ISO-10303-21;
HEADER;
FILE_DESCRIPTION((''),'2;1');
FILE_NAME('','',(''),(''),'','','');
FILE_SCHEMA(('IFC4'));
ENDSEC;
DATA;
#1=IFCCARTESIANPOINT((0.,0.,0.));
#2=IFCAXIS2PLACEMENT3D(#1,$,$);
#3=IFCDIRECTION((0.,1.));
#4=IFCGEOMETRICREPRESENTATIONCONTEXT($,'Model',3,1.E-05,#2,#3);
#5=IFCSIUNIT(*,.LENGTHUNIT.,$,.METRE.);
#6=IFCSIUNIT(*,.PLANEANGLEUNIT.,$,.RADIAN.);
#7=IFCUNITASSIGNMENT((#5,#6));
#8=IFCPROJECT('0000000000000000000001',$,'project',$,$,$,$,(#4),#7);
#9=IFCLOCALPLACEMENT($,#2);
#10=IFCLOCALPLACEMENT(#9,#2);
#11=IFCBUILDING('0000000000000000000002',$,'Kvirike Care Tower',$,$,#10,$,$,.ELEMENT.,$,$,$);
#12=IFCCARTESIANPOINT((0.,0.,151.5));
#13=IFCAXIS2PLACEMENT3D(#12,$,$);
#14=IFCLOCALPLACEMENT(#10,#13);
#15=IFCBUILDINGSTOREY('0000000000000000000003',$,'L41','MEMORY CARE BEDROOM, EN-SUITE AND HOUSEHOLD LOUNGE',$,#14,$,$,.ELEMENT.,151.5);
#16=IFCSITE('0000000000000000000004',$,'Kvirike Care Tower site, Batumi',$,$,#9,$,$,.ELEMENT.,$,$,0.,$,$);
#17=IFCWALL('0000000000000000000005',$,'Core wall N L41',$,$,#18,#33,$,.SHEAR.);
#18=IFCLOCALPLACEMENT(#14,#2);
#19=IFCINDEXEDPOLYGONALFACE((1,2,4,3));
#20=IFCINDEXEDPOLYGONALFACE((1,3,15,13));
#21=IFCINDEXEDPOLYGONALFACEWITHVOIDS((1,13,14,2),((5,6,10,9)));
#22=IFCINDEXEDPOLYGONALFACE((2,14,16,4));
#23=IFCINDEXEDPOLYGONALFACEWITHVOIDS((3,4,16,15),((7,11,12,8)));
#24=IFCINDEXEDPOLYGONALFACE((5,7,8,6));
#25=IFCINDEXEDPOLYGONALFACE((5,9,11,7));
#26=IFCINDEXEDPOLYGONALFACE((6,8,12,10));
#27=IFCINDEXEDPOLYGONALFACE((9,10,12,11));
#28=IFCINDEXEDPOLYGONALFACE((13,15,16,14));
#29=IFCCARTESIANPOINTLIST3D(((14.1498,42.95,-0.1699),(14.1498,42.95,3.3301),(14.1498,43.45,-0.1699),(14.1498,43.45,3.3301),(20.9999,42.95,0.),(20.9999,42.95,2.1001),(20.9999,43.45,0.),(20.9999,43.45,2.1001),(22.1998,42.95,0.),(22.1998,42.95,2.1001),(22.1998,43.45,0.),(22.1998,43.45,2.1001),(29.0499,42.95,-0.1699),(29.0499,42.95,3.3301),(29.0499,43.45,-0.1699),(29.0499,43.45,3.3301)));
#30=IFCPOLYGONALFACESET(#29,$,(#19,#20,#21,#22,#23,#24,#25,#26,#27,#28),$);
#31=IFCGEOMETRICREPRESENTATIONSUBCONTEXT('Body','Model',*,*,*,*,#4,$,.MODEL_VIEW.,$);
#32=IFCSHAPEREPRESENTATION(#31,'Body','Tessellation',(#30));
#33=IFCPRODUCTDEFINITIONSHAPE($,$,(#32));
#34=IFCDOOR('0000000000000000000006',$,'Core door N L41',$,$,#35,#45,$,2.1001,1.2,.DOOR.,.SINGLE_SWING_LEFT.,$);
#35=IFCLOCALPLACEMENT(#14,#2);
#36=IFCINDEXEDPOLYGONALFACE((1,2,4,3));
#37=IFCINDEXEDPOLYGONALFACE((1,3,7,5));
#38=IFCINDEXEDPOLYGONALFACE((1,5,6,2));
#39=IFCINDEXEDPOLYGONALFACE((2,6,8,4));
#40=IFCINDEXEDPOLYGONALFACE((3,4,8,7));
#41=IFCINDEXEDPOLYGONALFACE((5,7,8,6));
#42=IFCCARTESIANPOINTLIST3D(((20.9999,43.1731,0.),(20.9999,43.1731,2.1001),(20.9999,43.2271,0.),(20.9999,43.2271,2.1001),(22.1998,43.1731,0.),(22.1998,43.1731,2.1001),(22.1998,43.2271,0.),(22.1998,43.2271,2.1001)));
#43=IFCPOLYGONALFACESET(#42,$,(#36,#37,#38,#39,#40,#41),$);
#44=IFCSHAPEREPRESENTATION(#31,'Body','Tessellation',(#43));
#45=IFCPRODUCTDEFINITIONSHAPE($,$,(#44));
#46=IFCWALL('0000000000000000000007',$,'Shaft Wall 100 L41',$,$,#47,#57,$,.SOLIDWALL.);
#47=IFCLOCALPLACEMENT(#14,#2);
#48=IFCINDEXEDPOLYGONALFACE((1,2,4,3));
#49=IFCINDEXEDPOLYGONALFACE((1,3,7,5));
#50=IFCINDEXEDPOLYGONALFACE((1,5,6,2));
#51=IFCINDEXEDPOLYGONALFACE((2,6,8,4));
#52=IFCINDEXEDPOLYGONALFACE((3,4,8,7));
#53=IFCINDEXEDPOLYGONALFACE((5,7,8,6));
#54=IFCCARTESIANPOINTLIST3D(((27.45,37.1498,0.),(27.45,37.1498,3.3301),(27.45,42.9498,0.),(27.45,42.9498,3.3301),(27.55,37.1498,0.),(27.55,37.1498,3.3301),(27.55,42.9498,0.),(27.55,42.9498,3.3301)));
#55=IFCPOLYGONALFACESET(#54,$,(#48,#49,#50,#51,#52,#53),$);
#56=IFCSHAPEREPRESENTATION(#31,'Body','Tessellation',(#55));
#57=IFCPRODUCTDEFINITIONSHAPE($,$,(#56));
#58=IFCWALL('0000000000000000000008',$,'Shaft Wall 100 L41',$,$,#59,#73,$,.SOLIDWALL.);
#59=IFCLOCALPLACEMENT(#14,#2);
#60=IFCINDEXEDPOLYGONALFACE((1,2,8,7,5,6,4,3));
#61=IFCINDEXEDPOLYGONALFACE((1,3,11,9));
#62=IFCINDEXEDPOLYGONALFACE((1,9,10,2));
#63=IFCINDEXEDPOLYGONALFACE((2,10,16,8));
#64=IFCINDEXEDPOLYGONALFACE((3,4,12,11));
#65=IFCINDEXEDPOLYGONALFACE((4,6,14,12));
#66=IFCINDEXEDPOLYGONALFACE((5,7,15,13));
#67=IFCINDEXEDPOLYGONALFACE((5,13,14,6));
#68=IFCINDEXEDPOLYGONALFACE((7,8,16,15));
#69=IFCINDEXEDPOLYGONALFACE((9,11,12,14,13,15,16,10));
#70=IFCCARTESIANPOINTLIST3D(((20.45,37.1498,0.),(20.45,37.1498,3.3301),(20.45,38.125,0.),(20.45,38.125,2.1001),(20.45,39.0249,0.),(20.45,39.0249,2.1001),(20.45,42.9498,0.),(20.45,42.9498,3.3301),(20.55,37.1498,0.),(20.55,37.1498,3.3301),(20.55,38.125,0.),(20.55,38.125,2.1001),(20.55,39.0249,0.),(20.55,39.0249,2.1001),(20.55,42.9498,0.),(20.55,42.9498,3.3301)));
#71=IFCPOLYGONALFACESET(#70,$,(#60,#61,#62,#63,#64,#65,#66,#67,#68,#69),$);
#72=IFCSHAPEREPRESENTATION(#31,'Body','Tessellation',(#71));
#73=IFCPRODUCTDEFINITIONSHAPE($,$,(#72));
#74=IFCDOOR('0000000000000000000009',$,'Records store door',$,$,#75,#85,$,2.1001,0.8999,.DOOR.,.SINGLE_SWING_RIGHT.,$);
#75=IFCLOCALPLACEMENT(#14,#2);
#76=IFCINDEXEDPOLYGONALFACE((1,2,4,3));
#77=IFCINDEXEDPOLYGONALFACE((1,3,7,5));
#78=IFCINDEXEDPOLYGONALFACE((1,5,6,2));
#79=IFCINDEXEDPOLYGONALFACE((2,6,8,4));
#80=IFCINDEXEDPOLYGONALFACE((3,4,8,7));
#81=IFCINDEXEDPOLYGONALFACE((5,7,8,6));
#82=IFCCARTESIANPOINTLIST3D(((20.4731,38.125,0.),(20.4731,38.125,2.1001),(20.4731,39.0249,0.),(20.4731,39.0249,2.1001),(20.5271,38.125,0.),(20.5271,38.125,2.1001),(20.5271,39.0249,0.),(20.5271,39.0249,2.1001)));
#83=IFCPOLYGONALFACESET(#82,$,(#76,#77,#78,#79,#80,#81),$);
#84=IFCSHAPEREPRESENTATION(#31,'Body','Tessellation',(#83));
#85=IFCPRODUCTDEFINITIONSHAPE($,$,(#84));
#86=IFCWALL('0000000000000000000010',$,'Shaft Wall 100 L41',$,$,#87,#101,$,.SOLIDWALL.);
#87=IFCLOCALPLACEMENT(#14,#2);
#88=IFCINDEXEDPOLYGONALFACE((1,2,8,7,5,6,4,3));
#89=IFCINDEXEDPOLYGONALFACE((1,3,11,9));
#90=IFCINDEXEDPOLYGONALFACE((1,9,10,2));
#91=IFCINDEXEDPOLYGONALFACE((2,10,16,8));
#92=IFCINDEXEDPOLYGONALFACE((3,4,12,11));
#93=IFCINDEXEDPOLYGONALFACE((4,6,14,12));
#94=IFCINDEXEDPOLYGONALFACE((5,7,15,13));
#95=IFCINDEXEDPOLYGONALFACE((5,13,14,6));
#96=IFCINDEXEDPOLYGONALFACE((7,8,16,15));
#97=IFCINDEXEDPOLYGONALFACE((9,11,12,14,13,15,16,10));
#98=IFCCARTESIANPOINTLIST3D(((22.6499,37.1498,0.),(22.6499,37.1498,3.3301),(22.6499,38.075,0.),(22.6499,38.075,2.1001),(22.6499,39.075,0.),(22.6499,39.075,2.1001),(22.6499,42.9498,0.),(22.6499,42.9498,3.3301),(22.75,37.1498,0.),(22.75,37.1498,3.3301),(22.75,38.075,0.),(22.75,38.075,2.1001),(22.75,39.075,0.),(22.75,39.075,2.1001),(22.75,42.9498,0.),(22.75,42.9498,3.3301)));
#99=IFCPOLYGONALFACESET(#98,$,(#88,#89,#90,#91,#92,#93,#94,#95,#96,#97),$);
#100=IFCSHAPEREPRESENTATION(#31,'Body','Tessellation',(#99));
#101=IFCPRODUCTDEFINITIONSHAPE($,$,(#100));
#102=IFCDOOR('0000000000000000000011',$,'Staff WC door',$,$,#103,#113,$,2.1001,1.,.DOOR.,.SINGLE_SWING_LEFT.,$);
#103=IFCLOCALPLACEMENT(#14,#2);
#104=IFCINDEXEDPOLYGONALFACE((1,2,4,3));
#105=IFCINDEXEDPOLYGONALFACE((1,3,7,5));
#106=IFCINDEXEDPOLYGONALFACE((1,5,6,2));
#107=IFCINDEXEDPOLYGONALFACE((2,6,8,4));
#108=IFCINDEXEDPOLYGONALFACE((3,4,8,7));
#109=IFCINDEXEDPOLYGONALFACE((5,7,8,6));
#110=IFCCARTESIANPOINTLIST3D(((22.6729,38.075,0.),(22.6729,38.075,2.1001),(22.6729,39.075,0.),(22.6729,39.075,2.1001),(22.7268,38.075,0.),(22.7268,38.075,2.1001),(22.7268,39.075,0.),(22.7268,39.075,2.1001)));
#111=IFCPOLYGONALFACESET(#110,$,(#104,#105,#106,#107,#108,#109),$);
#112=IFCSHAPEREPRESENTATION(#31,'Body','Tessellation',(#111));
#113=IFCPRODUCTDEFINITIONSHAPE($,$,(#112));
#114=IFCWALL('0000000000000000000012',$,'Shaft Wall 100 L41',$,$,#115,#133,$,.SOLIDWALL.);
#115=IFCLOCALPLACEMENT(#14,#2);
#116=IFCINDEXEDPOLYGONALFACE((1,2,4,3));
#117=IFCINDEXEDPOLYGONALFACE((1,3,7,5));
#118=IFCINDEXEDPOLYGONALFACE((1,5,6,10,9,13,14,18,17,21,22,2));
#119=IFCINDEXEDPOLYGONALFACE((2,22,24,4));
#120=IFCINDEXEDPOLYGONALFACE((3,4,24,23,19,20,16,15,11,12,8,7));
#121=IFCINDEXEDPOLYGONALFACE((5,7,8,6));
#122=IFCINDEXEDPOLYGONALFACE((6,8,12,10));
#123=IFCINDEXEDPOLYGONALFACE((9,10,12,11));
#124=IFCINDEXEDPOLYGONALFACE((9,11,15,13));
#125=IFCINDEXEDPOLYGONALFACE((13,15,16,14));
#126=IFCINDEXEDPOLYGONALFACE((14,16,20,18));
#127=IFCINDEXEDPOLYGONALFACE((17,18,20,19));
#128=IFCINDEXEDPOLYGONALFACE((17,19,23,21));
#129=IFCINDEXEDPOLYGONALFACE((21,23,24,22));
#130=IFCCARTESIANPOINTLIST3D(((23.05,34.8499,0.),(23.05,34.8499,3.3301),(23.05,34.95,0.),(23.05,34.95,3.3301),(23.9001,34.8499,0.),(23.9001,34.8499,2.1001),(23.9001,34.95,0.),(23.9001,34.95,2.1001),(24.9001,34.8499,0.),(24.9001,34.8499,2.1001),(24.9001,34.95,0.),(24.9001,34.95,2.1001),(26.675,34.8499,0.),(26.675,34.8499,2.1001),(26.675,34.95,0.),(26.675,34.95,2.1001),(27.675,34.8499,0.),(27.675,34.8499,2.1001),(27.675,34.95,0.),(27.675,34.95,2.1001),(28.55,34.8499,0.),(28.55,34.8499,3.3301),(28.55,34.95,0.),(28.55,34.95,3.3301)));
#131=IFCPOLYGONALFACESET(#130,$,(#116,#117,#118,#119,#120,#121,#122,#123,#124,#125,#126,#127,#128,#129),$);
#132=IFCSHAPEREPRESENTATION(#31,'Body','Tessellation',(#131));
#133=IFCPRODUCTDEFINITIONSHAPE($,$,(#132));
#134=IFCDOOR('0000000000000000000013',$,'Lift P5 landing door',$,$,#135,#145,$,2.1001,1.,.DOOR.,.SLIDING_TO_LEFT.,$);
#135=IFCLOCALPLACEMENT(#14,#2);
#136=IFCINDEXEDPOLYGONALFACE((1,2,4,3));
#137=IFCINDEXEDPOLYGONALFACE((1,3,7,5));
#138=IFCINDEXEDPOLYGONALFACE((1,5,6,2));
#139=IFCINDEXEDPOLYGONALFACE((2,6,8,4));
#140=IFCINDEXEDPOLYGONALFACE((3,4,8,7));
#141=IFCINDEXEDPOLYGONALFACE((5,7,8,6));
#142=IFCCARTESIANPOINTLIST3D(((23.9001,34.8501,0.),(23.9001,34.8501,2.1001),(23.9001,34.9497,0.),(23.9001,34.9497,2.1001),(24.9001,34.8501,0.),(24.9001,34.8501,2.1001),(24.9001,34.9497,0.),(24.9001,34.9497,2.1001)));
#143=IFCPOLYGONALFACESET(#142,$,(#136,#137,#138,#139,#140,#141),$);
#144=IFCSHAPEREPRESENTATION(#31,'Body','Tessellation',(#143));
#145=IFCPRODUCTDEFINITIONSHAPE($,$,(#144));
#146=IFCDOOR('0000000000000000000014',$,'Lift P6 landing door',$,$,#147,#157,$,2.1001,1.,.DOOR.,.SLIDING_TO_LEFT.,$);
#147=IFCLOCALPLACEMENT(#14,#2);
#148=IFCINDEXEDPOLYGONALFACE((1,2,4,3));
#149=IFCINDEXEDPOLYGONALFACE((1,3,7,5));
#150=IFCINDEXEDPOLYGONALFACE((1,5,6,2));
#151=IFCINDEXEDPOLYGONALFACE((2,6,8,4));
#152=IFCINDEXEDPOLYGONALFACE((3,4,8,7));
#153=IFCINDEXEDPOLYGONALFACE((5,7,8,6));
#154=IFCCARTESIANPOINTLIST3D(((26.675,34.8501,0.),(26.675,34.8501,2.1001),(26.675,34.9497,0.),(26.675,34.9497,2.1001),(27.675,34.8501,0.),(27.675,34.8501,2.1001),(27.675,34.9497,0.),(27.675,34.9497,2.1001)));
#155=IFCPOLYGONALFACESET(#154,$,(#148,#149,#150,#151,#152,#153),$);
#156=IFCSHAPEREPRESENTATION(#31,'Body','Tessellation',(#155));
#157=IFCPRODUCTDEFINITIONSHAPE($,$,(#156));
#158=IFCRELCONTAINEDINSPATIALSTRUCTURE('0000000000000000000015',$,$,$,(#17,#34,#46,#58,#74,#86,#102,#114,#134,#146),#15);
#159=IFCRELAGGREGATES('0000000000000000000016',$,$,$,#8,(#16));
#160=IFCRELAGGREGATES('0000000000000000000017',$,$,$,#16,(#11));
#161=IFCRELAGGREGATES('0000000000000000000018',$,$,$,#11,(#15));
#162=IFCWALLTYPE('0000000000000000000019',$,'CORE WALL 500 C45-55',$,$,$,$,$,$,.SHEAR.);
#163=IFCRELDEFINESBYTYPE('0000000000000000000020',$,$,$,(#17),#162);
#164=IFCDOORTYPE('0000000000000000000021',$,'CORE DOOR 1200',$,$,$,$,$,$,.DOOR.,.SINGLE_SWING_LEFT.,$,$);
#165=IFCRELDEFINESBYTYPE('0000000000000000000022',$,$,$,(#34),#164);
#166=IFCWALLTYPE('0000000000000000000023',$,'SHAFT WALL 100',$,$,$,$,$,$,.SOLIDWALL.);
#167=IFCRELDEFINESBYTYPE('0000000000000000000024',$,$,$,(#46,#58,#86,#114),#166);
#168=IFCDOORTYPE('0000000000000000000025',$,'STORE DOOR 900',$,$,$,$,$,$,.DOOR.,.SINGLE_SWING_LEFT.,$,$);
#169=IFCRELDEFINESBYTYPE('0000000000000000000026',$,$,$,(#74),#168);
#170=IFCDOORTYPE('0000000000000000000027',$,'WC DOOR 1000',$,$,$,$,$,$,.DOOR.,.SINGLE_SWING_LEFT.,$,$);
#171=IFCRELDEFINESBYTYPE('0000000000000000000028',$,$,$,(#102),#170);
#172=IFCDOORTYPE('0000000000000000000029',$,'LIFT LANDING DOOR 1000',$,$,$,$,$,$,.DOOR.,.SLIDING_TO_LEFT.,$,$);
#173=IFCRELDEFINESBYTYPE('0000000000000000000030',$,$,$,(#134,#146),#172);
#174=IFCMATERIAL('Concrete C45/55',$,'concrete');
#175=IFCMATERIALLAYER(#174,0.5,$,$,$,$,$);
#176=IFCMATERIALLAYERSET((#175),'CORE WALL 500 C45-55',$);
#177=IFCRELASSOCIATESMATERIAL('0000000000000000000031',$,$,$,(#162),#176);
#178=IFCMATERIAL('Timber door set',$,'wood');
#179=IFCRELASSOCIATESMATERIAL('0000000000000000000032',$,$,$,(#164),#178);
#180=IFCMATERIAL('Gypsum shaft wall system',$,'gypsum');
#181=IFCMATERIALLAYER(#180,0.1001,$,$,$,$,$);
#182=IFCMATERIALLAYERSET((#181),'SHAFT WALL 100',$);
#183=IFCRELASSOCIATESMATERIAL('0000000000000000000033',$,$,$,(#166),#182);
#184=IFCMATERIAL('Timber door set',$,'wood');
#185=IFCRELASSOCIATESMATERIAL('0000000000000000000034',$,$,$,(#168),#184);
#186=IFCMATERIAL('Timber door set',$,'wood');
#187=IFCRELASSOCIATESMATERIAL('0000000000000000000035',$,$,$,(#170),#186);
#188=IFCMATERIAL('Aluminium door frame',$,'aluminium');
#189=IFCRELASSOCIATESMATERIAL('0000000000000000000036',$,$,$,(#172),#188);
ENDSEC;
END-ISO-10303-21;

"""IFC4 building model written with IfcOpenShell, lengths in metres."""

from ifc_helpers import new_model, si_unit, direction, frame, frame_2d, origin, place, context, subcontext, project, spatial, rectangle, extrude, material, layer, layer_set, type_object, element, fill, save


model = new_model("IFC4")

# Units and contexts
model_context = context("Model", 3, precision=1e-05, world=origin(), true_north=direction((0.0, 1.0)))
body_context = subcontext(model_context, "Body", "Model", "MODEL_VIEW")
ifc_project = project(units=[si_unit("LENGTHUNIT", "METRE"), si_unit("PLANEANGLEUNIT", "RADIAN")], contexts=[model_context])

# Site, building, storey
site_placement = place(None, origin())
site = spatial("IfcSite", under=ifc_project, at=site_placement, Name="Kvirike Care Tower site, Batumi", CompositionType="ELEMENT", RefElevation=0.0)
building_placement = place(site_placement, origin())
building = spatial("IfcBuilding", under=site, at=building_placement, Name="Kvirike Care Tower", CompositionType="ELEMENT")
storey_placement = place(building_placement, frame((0.0, 0.0, 151.5)))
storey = spatial("IfcBuildingStorey", under=building, at=storey_placement, Name="L41", Description="MEMORY CARE BEDROOM, EN-SUITE AND HOUSEHOLD LOUNGE", CompositionType="ELEMENT", Elevation=151.5)

# Wall, opening, door
ifc_material_1 = material(Name="Concrete C45/55", Category="concrete")
ifc_layer_1 = layer(ifc_material_1, 0.5)
ifc_layer_set_1 = layer_set([ifc_layer_1], Name="CORE WALL 500 C45-55")
wall_type_1 = type_object("IfcWallType", Name="CORE WALL 500 C45-55", PredefinedType="SHEAR", material=ifc_layer_set_1)
wall_1_placement = place(storey_placement, frame((29.05, 43.2, -0.1699), z_axis=(0.0, 0.0, 1.0), x_axis=(-1.0, 0.0, 0.0)))
wall_1 = element("IfcWall", 1, at=wall_1_placement, inside=storey, type_object=wall_type_1, Name="Core wall N L41", PredefinedType="SHEAR", context=body_context, shape_type="SweptSolid", body=[
    extrude(rectangle(XDim=14.9001, YDim=0.5, at=frame_2d((7.4502, 0.0))), origin(), (0.0, 0.0, 1.0), 3.5),
])
opening_1_placement = place(wall_1_placement, frame((6.8501, 0.0, 0.1699)))
opening_1 = element("IfcOpeningElement", 2, at=opening_1_placement, cuts=wall_1, PredefinedType="OPENING", context=body_context, shape_type="SweptSolid", body=[
    extrude(rectangle(XDim=1.2, YDim=2.1001, at=frame_2d((0.6001, 1.05))), frame((0.0, 0.2605, 0.0), z_axis=(0.0, -1.0, 0.0), x_axis=(1.0, 0.0, 0.0)), (0.0, 0.0, 1.0), 0.521),
])
ifc_material_2 = material(Name="Timber door set", Category="wood")
door_type_1 = type_object("IfcDoorType", Name="CORE DOOR 1200", OperationType="SINGLE_SWING_LEFT", PredefinedType="DOOR", material=ifc_material_2)
door_1_placement = place(opening_1_placement, origin())
door_1 = element("IfcDoor", 3, at=door_1_placement, inside=storey, type_object=door_type_1, Name="Core door N L41", OperationType="SINGLE_SWING_LEFT", OverallHeight=2.1001, OverallWidth=1.2, PredefinedType="DOOR", context=body_context, shape_type="SweptSolid", body=[
    extrude(rectangle(XDim=1.2, YDim=2.1001, at=frame_2d((0.6001, 1.05))), frame((0.0, 0.0269, 0.0), z_axis=(0.0, -1.0, 0.0), x_axis=(1.0, 0.0, 0.0)), (0.0, 0.0, 1.0), 0.054),
])
fill(opening_1, door_1)

# Wall
ifc_material_3 = material(Name="Gypsum shaft wall system", Category="gypsum")
ifc_layer_2 = layer(ifc_material_3, 0.1001)
ifc_layer_set_2 = layer_set([ifc_layer_2], Name="SHAFT WALL 100")
wall_type_2 = type_object("IfcWallType", Name="SHAFT WALL 100", PredefinedType="SOLIDWALL", material=ifc_layer_set_2)
wall_2_placement = place(storey_placement, frame((27.5, 37.1499, 0.0), z_axis=(0.0, 0.0, 1.0), x_axis=(0.0, 1.0, 0.0)))
element("IfcWall", 4, at=wall_2_placement, inside=storey, type_object=wall_type_2, Name="Shaft Wall 100 L41", PredefinedType="SOLIDWALL", context=body_context, shape_type="SweptSolid", body=[
    extrude(rectangle(XDim=5.8, YDim=0.1001, at=frame_2d((2.8999, 0.0))), origin(), (0.0, 0.0, 1.0), 3.3301),
])

# Walls, openings, doors
wall_3_placement = place(storey_placement, frame((20.5, 37.1499, 0.0), z_axis=(0.0, 0.0, 1.0), x_axis=(0.0, 1.0, 0.0)))
wall_3 = element("IfcWall", 5, at=wall_3_placement, inside=storey, type_object=wall_type_2, Name="Shaft Wall 100 L41", PredefinedType="SOLIDWALL", context=body_context, shape_type="SweptSolid", body=[
    extrude(rectangle(XDim=5.8, YDim=0.1001, at=frame_2d((2.8999, 0.0))), origin(), (0.0, 0.0, 1.0), 3.3301),
])
opening_2_placement = place(wall_3_placement, frame((0.9751, 0.0, 0.0)))
opening_2 = element("IfcOpeningElement", 6, at=opening_2_placement, cuts=wall_3, PredefinedType="OPENING", context=body_context, shape_type="SweptSolid", body=[
    extrude(rectangle(XDim=0.8999, YDim=2.1001, at=frame_2d((0.45, 1.05))), frame((0.0, 0.0605, 0.0), z_axis=(0.0, -1.0, 0.0), x_axis=(1.0, 0.0, 0.0)), (0.0, 0.0, 1.0), 0.1211),
])
ifc_material_4 = material(Name="Timber door set", Category="wood")
door_type_2 = type_object("IfcDoorType", Name="STORE DOOR 900", OperationType="SINGLE_SWING_LEFT", PredefinedType="DOOR", material=ifc_material_4)
door_2_placement = place(opening_2_placement, origin())
door_2 = element("IfcDoor", 7, at=door_2_placement, inside=storey, type_object=door_type_2, Name="Records store door", OperationType="SINGLE_SWING_RIGHT", OverallHeight=2.1001, OverallWidth=0.8999, PredefinedType="DOOR", context=body_context, shape_type="SweptSolid", body=[
    extrude(rectangle(XDim=0.8999, YDim=2.1001, at=frame_2d((0.45, 1.05))), frame((0.0, 0.0269, 0.0), z_axis=(0.0, -1.0, 0.0), x_axis=(1.0, 0.0, 0.0)), (0.0, 0.0, 1.0), 0.054),
])
fill(opening_2, door_2)
wall_4_placement = place(storey_placement, frame((22.7, 37.1499, 0.0), z_axis=(0.0, 0.0, 1.0), x_axis=(0.0, 1.0, 0.0)))
wall_4 = element("IfcWall", 8, at=wall_4_placement, inside=storey, type_object=wall_type_2, Name="Shaft Wall 100 L41", PredefinedType="SOLIDWALL", context=body_context, shape_type="SweptSolid", body=[
    extrude(rectangle(XDim=5.8, YDim=0.1001, at=frame_2d((2.8999, 0.0))), origin(), (0.0, 0.0, 1.0), 3.3301),
])
opening_3_placement = place(wall_4_placement, frame((0.925, 0.0, 0.0)))
opening_3 = element("IfcOpeningElement", 9, at=opening_3_placement, cuts=wall_4, PredefinedType="OPENING", context=body_context, shape_type="SweptSolid", body=[
    extrude(rectangle(XDim=1.0, YDim=2.1001, at=frame_2d((0.5, 1.05))), frame((0.0, 0.0605, 0.0), z_axis=(0.0, -1.0, 0.0), x_axis=(1.0, 0.0, 0.0)), (0.0, 0.0, 1.0), 0.1211),
])
ifc_material_5 = material(Name="Timber door set", Category="wood")
door_type_3 = type_object("IfcDoorType", Name="WC DOOR 1000", OperationType="SINGLE_SWING_LEFT", PredefinedType="DOOR", material=ifc_material_5)
door_3_placement = place(opening_3_placement, frame((1.0, 0.0, 0.0), z_axis=(0.0, 0.0, 1.0), x_axis=(-1.0, 0.0, 0.0)))
door_3 = element("IfcDoor", 10, at=door_3_placement, inside=storey, type_object=door_type_3, Name="Staff WC door", OperationType="SINGLE_SWING_LEFT", OverallHeight=2.1001, OverallWidth=1.0, PredefinedType="DOOR", context=body_context, shape_type="SweptSolid", body=[
    extrude(rectangle(XDim=1.0, YDim=2.1001, at=frame_2d((0.5, 1.05))), frame((0.0, 0.0269, 0.0), z_axis=(0.0, -1.0, 0.0), x_axis=(1.0, 0.0, 0.0)), (0.0, 0.0, 1.0), 0.054),
])
fill(opening_3, door_3)

# Wall, openings, doors
wall_5_placement = place(storey_placement, frame((23.05, 34.8999, 0.0), z_axis=(0.0, 0.0, 1.0), x_axis=(1.0, 0.0, 0.0)))
wall_5 = element("IfcWall", 11, at=wall_5_placement, inside=storey, type_object=wall_type_2, Name="Shaft Wall 100 L41", PredefinedType="SOLIDWALL", context=body_context, shape_type="SweptSolid", body=[
    extrude(rectangle(XDim=5.5, YDim=0.1001, at=frame_2d((2.75, 0.0))), origin(), (0.0, 0.0, 1.0), 3.3301),
])
opening_4_placement = place(wall_5_placement, frame((0.8501, 0.0, 0.0)))
opening_4 = element("IfcOpeningElement", 12, at=opening_4_placement, cuts=wall_5, PredefinedType="OPENING", context=body_context, shape_type="SweptSolid", body=[
    extrude(rectangle(XDim=1.0, YDim=2.1001, at=frame_2d((0.5, 1.05))), frame((0.0, 0.0605, 0.0), z_axis=(0.0, -1.0, 0.0), x_axis=(1.0, 0.0, 0.0)), (0.0, 0.0, 1.0), 0.1211),
])
opening_5_placement = place(wall_5_placement, frame((3.625, 0.0, 0.0)))
opening_5 = element("IfcOpeningElement", 13, at=opening_5_placement, cuts=wall_5, PredefinedType="OPENING", context=body_context, shape_type="SweptSolid", body=[
    extrude(rectangle(XDim=1.0, YDim=2.1001, at=frame_2d((0.5, 1.05))), frame((0.0, 0.0605, 0.0), z_axis=(0.0, -1.0, 0.0), x_axis=(1.0, 0.0, 0.0)), (0.0, 0.0, 1.0), 0.1211),
])
ifc_material_6 = material(Name="Aluminium door frame", Category="aluminium")
door_type_4 = type_object("IfcDoorType", Name="LIFT LANDING DOOR 1000", OperationType="SLIDING_TO_LEFT", PredefinedType="DOOR", material=ifc_material_6)
door_4_placement = place(opening_4_placement, origin())
door_4 = element("IfcDoor", 14, at=door_4_placement, inside=storey, type_object=door_type_4, Name="Lift P5 landing door", OperationType="SLIDING_TO_LEFT", OverallHeight=2.1001, OverallWidth=1.0, PredefinedType="DOOR", context=body_context, shape_type="SweptSolid", body=[
    extrude(rectangle(XDim=1.0, YDim=2.1001, at=frame_2d((0.5, 1.05))), frame((0.0, 0.0498, 0.0), z_axis=(0.0, -1.0, 0.0), x_axis=(1.0, 0.0, 0.0)), (0.0, 0.0, 1.0), 0.0996),
])
fill(opening_4, door_4)
door_5_placement = place(opening_5_placement, origin())
door_5 = element("IfcDoor", 15, at=door_5_placement, inside=storey, type_object=door_type_4, Name="Lift P6 landing door", OperationType="SLIDING_TO_LEFT", OverallHeight=2.1001, OverallWidth=1.0, PredefinedType="DOOR", context=body_context, shape_type="SweptSolid", body=[
    extrude(rectangle(XDim=1.0, YDim=2.1001, at=frame_2d((0.5, 1.05))), frame((0.0, 0.0498, 0.0), z_axis=(0.0, -1.0, 0.0), x_axis=(1.0, 0.0, 0.0)), (0.0, 0.0, 1.0), 0.0996),
])
fill(opening_5, door_5)

save(model, "model.ifc")
